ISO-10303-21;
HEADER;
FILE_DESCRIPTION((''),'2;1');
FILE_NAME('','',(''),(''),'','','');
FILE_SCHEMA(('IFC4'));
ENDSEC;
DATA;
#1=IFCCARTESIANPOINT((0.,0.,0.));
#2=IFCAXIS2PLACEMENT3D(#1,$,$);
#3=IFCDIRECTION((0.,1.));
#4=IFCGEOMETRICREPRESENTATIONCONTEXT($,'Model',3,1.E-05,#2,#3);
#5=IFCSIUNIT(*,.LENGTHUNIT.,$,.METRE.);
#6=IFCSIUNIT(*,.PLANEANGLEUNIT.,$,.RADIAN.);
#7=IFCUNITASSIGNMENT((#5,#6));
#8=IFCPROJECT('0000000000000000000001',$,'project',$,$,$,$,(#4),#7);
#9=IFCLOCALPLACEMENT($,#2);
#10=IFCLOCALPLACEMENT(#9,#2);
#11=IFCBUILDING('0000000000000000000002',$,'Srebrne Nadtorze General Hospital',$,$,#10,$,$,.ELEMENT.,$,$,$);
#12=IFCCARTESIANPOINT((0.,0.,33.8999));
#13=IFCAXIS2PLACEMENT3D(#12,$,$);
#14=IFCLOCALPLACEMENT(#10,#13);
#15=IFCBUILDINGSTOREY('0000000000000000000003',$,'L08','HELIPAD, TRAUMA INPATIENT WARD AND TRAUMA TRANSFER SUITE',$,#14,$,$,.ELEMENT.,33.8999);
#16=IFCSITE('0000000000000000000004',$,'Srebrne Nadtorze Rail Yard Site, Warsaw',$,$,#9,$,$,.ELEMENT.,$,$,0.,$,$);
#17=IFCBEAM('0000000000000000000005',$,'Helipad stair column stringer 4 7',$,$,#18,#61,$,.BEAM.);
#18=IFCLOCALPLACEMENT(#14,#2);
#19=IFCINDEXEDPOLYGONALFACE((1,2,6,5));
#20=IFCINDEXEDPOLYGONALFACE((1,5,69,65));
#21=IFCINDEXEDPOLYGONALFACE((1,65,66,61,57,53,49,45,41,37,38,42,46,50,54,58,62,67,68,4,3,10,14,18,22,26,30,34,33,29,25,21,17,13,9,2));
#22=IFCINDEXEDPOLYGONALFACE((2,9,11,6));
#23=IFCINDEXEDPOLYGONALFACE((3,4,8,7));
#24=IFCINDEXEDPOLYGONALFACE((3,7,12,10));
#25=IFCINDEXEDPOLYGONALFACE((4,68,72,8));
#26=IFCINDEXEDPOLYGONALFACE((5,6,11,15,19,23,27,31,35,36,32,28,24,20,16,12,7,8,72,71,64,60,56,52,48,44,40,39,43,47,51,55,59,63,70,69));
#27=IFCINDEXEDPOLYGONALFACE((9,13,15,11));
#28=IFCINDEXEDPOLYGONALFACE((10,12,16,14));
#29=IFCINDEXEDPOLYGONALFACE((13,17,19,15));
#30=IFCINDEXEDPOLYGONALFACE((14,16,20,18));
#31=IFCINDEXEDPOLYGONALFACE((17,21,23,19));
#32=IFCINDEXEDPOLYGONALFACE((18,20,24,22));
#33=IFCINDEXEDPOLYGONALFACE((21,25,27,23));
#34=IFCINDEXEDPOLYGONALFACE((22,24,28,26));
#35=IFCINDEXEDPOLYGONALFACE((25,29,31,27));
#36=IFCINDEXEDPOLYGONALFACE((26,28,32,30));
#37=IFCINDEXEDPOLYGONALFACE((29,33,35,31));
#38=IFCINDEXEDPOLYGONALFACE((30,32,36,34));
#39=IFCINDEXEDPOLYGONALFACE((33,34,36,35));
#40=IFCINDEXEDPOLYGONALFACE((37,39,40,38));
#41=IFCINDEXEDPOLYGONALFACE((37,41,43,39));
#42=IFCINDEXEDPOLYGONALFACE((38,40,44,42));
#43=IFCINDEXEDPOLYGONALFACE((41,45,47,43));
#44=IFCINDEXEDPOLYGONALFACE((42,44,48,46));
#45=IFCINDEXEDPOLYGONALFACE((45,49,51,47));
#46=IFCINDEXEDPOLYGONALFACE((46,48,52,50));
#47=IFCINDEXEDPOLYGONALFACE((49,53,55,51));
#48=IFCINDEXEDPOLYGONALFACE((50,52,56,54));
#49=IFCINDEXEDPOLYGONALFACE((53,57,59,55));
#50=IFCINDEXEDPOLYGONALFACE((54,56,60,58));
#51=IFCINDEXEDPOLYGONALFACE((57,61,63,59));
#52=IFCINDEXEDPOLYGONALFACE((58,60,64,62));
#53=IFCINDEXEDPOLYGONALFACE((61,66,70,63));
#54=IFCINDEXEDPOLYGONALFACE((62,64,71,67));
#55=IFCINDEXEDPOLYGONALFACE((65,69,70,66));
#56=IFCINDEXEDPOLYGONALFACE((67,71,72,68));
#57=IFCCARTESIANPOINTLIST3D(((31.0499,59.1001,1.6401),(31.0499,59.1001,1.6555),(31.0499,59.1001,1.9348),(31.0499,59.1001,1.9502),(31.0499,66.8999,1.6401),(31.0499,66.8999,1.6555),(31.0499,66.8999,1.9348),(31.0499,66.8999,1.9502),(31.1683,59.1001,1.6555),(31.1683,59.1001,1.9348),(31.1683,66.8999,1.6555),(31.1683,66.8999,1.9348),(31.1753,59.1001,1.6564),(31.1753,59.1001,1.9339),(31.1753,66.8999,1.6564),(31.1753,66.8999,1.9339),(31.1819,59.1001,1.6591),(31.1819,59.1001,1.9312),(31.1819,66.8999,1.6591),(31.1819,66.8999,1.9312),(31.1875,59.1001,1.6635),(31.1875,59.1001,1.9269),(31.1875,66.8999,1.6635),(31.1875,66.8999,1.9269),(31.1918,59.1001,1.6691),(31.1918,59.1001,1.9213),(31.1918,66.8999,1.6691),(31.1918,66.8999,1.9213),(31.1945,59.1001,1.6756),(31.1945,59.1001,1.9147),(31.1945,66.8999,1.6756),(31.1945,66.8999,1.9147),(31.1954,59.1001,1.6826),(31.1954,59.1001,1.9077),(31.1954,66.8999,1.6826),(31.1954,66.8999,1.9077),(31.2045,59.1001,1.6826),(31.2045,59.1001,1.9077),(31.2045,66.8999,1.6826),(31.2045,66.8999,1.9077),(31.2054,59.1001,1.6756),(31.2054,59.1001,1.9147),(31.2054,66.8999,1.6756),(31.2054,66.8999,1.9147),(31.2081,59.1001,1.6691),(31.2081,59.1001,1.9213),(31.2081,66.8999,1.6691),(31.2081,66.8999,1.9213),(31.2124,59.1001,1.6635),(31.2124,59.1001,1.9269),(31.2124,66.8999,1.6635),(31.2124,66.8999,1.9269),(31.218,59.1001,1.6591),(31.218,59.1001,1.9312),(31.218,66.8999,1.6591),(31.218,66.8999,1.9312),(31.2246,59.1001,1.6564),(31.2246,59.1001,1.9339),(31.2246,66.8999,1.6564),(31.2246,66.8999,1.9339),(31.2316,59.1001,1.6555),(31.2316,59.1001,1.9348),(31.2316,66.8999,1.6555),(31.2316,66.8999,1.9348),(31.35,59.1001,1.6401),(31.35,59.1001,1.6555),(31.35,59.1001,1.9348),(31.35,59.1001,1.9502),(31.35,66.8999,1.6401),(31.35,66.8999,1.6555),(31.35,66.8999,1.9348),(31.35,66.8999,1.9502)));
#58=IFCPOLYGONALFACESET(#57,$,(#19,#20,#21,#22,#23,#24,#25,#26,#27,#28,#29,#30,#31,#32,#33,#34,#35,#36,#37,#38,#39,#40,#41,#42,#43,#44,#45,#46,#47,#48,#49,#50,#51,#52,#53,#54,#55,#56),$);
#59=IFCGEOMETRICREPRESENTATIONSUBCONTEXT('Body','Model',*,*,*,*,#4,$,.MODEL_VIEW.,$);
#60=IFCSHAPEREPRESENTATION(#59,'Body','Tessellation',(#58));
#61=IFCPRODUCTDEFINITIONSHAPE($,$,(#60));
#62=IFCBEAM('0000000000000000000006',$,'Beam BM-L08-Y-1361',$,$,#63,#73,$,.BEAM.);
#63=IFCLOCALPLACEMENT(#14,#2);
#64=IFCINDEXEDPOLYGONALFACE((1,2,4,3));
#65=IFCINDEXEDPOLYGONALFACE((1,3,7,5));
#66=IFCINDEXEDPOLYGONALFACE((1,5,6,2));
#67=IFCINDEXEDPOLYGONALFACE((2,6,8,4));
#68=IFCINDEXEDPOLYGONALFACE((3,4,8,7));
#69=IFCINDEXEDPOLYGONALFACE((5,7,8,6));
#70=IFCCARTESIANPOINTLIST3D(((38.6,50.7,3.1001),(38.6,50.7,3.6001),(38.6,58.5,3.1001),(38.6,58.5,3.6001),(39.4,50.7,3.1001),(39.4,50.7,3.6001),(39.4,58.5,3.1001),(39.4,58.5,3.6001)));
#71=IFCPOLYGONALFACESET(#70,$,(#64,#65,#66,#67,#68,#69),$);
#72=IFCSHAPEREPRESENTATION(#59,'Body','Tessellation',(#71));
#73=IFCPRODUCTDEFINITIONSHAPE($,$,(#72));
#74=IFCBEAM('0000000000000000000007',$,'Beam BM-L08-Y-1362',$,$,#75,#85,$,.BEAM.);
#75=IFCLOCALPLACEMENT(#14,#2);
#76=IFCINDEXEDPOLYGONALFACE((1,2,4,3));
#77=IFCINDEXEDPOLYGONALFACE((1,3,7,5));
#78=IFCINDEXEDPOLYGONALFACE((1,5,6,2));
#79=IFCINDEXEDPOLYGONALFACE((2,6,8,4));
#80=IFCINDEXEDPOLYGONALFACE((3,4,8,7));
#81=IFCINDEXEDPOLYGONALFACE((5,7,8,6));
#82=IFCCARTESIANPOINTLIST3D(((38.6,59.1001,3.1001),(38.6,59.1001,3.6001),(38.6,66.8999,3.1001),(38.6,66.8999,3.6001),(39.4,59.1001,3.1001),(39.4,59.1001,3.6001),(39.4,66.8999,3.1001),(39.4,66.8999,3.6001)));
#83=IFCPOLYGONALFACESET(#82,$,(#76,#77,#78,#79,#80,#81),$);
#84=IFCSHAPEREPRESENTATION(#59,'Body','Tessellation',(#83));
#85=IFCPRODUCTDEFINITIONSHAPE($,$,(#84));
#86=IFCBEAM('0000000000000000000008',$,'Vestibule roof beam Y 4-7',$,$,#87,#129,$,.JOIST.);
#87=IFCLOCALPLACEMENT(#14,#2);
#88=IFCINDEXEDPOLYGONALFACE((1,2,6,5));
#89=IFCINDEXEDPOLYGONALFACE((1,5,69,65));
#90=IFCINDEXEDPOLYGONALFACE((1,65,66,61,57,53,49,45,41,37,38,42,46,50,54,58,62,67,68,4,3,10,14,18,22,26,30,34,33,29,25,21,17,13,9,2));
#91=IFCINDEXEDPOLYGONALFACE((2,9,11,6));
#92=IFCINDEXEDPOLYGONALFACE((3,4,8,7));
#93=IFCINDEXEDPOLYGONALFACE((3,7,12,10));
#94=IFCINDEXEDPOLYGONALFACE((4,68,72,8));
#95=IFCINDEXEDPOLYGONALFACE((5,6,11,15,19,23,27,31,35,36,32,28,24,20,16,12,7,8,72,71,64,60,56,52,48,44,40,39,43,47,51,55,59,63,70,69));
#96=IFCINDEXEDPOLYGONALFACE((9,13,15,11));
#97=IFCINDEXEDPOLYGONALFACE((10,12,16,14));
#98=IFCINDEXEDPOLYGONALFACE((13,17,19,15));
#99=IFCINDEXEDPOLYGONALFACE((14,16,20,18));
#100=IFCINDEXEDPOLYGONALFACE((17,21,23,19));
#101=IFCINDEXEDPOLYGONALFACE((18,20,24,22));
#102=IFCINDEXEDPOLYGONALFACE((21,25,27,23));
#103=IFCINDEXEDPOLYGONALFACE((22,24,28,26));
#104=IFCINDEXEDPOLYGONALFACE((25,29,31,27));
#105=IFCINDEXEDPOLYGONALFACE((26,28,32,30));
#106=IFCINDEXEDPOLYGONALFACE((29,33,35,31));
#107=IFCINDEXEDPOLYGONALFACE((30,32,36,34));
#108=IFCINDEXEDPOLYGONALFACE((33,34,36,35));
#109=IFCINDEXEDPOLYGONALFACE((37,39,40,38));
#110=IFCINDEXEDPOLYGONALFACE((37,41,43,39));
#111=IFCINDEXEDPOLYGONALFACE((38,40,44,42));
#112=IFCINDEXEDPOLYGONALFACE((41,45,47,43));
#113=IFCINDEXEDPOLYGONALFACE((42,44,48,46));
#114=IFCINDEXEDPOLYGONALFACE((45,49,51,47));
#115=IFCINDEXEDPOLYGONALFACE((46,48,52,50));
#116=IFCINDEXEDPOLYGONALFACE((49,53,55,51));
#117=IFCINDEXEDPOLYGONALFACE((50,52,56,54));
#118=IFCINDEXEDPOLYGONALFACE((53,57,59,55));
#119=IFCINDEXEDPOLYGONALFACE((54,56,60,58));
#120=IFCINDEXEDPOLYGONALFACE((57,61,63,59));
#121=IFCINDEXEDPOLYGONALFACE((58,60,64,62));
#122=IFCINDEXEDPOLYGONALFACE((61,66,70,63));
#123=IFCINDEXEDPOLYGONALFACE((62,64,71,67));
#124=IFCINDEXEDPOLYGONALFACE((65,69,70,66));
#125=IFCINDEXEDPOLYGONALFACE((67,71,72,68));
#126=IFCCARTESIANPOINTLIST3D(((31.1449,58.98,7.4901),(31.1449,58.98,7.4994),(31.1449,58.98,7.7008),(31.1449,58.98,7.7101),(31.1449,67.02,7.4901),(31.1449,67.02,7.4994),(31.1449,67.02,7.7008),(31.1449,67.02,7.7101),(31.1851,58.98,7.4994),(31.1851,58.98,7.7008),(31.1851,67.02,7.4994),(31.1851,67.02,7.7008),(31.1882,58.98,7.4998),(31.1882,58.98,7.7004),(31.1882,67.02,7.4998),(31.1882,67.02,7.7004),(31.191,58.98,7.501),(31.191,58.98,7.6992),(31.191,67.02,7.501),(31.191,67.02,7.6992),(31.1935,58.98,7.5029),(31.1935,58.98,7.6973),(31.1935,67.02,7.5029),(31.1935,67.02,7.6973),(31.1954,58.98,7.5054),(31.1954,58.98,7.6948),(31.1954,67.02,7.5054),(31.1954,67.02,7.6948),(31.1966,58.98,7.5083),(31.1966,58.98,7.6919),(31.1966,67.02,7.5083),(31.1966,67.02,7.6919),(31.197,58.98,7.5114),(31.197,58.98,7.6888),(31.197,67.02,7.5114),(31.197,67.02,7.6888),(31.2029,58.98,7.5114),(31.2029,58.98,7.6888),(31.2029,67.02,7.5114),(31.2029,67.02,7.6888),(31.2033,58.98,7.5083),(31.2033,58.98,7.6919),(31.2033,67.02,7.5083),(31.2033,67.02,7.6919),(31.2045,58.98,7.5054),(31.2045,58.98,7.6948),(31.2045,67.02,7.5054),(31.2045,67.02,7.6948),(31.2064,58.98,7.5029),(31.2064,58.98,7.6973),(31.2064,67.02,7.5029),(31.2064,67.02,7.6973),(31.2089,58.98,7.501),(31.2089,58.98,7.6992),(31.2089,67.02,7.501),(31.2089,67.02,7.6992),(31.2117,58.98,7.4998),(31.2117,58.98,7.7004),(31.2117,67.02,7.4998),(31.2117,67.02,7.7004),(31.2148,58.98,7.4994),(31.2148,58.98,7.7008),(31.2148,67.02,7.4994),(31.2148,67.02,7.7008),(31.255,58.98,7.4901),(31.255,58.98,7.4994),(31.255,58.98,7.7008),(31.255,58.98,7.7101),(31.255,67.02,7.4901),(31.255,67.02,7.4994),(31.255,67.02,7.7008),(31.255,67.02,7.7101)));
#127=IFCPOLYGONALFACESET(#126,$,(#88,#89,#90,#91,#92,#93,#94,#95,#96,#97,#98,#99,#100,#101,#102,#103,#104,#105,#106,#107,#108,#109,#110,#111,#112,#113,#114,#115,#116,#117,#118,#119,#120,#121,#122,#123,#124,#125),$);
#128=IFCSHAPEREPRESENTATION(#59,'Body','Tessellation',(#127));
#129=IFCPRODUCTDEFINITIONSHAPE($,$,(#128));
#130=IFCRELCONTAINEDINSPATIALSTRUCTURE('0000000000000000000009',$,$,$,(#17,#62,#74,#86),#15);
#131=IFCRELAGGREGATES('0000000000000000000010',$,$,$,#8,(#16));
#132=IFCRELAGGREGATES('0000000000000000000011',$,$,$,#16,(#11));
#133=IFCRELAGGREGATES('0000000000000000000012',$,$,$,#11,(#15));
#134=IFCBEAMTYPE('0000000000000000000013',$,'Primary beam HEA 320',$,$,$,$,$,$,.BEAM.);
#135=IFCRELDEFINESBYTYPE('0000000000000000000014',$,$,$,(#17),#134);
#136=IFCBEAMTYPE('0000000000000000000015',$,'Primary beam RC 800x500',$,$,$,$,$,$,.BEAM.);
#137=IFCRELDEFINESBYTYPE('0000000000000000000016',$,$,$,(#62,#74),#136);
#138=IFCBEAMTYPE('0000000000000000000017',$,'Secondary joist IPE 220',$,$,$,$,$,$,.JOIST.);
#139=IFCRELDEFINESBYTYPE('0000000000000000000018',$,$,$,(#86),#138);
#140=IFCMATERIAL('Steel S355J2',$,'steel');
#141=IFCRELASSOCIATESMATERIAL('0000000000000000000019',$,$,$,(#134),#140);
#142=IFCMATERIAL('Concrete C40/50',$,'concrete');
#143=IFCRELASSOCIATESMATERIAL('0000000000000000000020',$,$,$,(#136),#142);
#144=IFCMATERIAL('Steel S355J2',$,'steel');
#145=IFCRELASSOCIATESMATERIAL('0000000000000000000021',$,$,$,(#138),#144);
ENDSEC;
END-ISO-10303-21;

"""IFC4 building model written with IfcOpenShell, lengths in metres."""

from ifc_helpers import new_model, si_unit, direction, frame, origin, origin_2d, place, context, subcontext, project, spatial, rectangle, i_section, extrude, material, material_profile, profile_set, type_object, element, save


model = new_model("IFC4")

# Units and contexts
model_context = context("Model", 3, precision=1e-05, world=origin(), true_north=direction((0.0, 1.0)))
body_context = subcontext(model_context, "Body", "Model", "MODEL_VIEW")
ifc_project = project(units=[si_unit("LENGTHUNIT", "METRE"), si_unit("PLANEANGLEUNIT", "RADIAN")], contexts=[model_context])

# Site, building, storey
site_placement = place(None, origin())
site = spatial("IfcSite", under=ifc_project, at=site_placement, Name="Srebrne Nadtorze Rail Yard Site, Warsaw", CompositionType="ELEMENT", RefElevation=0.0)
building_placement = place(site_placement, origin())
building = spatial("IfcBuilding", under=site, at=building_placement, Name="Srebrne Nadtorze General Hospital", CompositionType="ELEMENT")
storey_placement = place(building_placement, frame((0.0, 0.0, 33.8999)))
storey = spatial("IfcBuildingStorey", under=building, at=storey_placement, Name="L08", Description="HELIPAD, TRAUMA INPATIENT WARD AND TRAUMA TRANSFER SUITE", CompositionType="ELEMENT", Elevation=33.8999)

# Beams
ifc_material_1 = material(Name="Steel S355J2", Category="steel")
ifc_material_profile_1 = material_profile(ifc_material_1, i_section(OverallWidth=0.3, OverallDepth=0.3101, WebThickness=0.009, FlangeThickness=0.0154, FilletRadius=0.0271, at=origin_2d()), Name="HEA-320")
ifc_profile_set_1 = profile_set([ifc_material_profile_1], Name="Steel S355J2")
beam_type_1 = type_object("IfcBeamType", Name="Primary beam HEA 320", PredefinedType="BEAM", material=ifc_profile_set_1)
beam_1_placement = place(storey_placement, frame((31.2, 59.1001, 1.7952), z_axis=(0.0, 1.0, 0.0), x_axis=(-1.0, 0.0, 0.0)))
element("IfcBeam", 1, at=beam_1_placement, inside=storey, type_object=beam_type_1, Name="Helipad stair column stringer 4 7", PredefinedType="BEAM", context=body_context, shape_type="SweptSolid", body=[
    extrude(i_section(OverallWidth=0.3, OverallDepth=0.3101, WebThickness=0.009, FlangeThickness=0.0154, FilletRadius=0.0271, at=origin_2d()), origin(), (0.0, 0.0, 1.0), 7.7998),
])
ifc_material_2 = material(Name="Concrete C40/50", Category="concrete")
ifc_material_profile_2 = material_profile(ifc_material_2, rectangle(XDim=0.8, YDim=0.5, at=origin_2d()), Name="RC-BM-800x500")
ifc_profile_set_2 = profile_set([ifc_material_profile_2], Name="Concrete C40/50")
beam_type_2 = type_object("IfcBeamType", Name="Primary beam RC 800x500", PredefinedType="BEAM", material=ifc_profile_set_2)
beam_2_placement = place(storey_placement, frame((39.0, 50.7, 3.3501), z_axis=(0.0, 1.0, 0.0), x_axis=(-1.0, 0.0, 0.0)))
element("IfcBeam", 2, at=beam_2_placement, inside=storey, type_object=beam_type_2, Name="Beam BM-L08-Y-1361", PredefinedType="BEAM", context=body_context, shape_type="SweptSolid", body=[
    extrude(rectangle(XDim=0.8, YDim=0.5, at=origin_2d()), origin(), (0.0, 0.0, 1.0), 7.8),
])
beam_3_placement = place(storey_placement, frame((39.0, 59.1001, 3.3501), z_axis=(0.0, 1.0, 0.0), x_axis=(-1.0, 0.0, 0.0)))
element("IfcBeam", 3, at=beam_3_placement, inside=storey, type_object=beam_type_2, Name="Beam BM-L08-Y-1362", PredefinedType="BEAM", context=body_context, shape_type="SweptSolid", body=[
    extrude(rectangle(XDim=0.8, YDim=0.5, at=origin_2d()), origin(), (0.0, 0.0, 1.0), 7.7998),
])
ifc_material_3 = material(Name="Steel S355J2", Category="steel")
ifc_material_profile_3 = material_profile(ifc_material_3, i_section(OverallWidth=0.1101, OverallDepth=0.22, WebThickness=0.0059, FlangeThickness=0.0093, FilletRadius=0.012, at=origin_2d()), Name="IPE-220")
ifc_profile_set_3 = profile_set([ifc_material_profile_3], Name="Steel S355J2")
beam_type_3 = type_object("IfcBeamType", Name="Secondary joist IPE 220", PredefinedType="JOIST", material=ifc_profile_set_3)
beam_4_placement = place(storey_placement, frame((31.2, 58.98, 7.6001), z_axis=(0.0, 1.0, 0.0), x_axis=(-1.0, 0.0, 0.0)))
element("IfcBeam", 4, at=beam_4_placement, inside=storey, type_object=beam_type_3, Name="Vestibule roof beam Y 4-7", PredefinedType="JOIST", context=body_context, shape_type="SweptSolid", body=[
    extrude(i_section(OverallWidth=0.1101, OverallDepth=0.22, WebThickness=0.0059, FlangeThickness=0.0093, FilletRadius=0.012, at=origin_2d()), origin(), (0.0, 0.0, 1.0), 8.04),
])

save(model, "model.ifc")
